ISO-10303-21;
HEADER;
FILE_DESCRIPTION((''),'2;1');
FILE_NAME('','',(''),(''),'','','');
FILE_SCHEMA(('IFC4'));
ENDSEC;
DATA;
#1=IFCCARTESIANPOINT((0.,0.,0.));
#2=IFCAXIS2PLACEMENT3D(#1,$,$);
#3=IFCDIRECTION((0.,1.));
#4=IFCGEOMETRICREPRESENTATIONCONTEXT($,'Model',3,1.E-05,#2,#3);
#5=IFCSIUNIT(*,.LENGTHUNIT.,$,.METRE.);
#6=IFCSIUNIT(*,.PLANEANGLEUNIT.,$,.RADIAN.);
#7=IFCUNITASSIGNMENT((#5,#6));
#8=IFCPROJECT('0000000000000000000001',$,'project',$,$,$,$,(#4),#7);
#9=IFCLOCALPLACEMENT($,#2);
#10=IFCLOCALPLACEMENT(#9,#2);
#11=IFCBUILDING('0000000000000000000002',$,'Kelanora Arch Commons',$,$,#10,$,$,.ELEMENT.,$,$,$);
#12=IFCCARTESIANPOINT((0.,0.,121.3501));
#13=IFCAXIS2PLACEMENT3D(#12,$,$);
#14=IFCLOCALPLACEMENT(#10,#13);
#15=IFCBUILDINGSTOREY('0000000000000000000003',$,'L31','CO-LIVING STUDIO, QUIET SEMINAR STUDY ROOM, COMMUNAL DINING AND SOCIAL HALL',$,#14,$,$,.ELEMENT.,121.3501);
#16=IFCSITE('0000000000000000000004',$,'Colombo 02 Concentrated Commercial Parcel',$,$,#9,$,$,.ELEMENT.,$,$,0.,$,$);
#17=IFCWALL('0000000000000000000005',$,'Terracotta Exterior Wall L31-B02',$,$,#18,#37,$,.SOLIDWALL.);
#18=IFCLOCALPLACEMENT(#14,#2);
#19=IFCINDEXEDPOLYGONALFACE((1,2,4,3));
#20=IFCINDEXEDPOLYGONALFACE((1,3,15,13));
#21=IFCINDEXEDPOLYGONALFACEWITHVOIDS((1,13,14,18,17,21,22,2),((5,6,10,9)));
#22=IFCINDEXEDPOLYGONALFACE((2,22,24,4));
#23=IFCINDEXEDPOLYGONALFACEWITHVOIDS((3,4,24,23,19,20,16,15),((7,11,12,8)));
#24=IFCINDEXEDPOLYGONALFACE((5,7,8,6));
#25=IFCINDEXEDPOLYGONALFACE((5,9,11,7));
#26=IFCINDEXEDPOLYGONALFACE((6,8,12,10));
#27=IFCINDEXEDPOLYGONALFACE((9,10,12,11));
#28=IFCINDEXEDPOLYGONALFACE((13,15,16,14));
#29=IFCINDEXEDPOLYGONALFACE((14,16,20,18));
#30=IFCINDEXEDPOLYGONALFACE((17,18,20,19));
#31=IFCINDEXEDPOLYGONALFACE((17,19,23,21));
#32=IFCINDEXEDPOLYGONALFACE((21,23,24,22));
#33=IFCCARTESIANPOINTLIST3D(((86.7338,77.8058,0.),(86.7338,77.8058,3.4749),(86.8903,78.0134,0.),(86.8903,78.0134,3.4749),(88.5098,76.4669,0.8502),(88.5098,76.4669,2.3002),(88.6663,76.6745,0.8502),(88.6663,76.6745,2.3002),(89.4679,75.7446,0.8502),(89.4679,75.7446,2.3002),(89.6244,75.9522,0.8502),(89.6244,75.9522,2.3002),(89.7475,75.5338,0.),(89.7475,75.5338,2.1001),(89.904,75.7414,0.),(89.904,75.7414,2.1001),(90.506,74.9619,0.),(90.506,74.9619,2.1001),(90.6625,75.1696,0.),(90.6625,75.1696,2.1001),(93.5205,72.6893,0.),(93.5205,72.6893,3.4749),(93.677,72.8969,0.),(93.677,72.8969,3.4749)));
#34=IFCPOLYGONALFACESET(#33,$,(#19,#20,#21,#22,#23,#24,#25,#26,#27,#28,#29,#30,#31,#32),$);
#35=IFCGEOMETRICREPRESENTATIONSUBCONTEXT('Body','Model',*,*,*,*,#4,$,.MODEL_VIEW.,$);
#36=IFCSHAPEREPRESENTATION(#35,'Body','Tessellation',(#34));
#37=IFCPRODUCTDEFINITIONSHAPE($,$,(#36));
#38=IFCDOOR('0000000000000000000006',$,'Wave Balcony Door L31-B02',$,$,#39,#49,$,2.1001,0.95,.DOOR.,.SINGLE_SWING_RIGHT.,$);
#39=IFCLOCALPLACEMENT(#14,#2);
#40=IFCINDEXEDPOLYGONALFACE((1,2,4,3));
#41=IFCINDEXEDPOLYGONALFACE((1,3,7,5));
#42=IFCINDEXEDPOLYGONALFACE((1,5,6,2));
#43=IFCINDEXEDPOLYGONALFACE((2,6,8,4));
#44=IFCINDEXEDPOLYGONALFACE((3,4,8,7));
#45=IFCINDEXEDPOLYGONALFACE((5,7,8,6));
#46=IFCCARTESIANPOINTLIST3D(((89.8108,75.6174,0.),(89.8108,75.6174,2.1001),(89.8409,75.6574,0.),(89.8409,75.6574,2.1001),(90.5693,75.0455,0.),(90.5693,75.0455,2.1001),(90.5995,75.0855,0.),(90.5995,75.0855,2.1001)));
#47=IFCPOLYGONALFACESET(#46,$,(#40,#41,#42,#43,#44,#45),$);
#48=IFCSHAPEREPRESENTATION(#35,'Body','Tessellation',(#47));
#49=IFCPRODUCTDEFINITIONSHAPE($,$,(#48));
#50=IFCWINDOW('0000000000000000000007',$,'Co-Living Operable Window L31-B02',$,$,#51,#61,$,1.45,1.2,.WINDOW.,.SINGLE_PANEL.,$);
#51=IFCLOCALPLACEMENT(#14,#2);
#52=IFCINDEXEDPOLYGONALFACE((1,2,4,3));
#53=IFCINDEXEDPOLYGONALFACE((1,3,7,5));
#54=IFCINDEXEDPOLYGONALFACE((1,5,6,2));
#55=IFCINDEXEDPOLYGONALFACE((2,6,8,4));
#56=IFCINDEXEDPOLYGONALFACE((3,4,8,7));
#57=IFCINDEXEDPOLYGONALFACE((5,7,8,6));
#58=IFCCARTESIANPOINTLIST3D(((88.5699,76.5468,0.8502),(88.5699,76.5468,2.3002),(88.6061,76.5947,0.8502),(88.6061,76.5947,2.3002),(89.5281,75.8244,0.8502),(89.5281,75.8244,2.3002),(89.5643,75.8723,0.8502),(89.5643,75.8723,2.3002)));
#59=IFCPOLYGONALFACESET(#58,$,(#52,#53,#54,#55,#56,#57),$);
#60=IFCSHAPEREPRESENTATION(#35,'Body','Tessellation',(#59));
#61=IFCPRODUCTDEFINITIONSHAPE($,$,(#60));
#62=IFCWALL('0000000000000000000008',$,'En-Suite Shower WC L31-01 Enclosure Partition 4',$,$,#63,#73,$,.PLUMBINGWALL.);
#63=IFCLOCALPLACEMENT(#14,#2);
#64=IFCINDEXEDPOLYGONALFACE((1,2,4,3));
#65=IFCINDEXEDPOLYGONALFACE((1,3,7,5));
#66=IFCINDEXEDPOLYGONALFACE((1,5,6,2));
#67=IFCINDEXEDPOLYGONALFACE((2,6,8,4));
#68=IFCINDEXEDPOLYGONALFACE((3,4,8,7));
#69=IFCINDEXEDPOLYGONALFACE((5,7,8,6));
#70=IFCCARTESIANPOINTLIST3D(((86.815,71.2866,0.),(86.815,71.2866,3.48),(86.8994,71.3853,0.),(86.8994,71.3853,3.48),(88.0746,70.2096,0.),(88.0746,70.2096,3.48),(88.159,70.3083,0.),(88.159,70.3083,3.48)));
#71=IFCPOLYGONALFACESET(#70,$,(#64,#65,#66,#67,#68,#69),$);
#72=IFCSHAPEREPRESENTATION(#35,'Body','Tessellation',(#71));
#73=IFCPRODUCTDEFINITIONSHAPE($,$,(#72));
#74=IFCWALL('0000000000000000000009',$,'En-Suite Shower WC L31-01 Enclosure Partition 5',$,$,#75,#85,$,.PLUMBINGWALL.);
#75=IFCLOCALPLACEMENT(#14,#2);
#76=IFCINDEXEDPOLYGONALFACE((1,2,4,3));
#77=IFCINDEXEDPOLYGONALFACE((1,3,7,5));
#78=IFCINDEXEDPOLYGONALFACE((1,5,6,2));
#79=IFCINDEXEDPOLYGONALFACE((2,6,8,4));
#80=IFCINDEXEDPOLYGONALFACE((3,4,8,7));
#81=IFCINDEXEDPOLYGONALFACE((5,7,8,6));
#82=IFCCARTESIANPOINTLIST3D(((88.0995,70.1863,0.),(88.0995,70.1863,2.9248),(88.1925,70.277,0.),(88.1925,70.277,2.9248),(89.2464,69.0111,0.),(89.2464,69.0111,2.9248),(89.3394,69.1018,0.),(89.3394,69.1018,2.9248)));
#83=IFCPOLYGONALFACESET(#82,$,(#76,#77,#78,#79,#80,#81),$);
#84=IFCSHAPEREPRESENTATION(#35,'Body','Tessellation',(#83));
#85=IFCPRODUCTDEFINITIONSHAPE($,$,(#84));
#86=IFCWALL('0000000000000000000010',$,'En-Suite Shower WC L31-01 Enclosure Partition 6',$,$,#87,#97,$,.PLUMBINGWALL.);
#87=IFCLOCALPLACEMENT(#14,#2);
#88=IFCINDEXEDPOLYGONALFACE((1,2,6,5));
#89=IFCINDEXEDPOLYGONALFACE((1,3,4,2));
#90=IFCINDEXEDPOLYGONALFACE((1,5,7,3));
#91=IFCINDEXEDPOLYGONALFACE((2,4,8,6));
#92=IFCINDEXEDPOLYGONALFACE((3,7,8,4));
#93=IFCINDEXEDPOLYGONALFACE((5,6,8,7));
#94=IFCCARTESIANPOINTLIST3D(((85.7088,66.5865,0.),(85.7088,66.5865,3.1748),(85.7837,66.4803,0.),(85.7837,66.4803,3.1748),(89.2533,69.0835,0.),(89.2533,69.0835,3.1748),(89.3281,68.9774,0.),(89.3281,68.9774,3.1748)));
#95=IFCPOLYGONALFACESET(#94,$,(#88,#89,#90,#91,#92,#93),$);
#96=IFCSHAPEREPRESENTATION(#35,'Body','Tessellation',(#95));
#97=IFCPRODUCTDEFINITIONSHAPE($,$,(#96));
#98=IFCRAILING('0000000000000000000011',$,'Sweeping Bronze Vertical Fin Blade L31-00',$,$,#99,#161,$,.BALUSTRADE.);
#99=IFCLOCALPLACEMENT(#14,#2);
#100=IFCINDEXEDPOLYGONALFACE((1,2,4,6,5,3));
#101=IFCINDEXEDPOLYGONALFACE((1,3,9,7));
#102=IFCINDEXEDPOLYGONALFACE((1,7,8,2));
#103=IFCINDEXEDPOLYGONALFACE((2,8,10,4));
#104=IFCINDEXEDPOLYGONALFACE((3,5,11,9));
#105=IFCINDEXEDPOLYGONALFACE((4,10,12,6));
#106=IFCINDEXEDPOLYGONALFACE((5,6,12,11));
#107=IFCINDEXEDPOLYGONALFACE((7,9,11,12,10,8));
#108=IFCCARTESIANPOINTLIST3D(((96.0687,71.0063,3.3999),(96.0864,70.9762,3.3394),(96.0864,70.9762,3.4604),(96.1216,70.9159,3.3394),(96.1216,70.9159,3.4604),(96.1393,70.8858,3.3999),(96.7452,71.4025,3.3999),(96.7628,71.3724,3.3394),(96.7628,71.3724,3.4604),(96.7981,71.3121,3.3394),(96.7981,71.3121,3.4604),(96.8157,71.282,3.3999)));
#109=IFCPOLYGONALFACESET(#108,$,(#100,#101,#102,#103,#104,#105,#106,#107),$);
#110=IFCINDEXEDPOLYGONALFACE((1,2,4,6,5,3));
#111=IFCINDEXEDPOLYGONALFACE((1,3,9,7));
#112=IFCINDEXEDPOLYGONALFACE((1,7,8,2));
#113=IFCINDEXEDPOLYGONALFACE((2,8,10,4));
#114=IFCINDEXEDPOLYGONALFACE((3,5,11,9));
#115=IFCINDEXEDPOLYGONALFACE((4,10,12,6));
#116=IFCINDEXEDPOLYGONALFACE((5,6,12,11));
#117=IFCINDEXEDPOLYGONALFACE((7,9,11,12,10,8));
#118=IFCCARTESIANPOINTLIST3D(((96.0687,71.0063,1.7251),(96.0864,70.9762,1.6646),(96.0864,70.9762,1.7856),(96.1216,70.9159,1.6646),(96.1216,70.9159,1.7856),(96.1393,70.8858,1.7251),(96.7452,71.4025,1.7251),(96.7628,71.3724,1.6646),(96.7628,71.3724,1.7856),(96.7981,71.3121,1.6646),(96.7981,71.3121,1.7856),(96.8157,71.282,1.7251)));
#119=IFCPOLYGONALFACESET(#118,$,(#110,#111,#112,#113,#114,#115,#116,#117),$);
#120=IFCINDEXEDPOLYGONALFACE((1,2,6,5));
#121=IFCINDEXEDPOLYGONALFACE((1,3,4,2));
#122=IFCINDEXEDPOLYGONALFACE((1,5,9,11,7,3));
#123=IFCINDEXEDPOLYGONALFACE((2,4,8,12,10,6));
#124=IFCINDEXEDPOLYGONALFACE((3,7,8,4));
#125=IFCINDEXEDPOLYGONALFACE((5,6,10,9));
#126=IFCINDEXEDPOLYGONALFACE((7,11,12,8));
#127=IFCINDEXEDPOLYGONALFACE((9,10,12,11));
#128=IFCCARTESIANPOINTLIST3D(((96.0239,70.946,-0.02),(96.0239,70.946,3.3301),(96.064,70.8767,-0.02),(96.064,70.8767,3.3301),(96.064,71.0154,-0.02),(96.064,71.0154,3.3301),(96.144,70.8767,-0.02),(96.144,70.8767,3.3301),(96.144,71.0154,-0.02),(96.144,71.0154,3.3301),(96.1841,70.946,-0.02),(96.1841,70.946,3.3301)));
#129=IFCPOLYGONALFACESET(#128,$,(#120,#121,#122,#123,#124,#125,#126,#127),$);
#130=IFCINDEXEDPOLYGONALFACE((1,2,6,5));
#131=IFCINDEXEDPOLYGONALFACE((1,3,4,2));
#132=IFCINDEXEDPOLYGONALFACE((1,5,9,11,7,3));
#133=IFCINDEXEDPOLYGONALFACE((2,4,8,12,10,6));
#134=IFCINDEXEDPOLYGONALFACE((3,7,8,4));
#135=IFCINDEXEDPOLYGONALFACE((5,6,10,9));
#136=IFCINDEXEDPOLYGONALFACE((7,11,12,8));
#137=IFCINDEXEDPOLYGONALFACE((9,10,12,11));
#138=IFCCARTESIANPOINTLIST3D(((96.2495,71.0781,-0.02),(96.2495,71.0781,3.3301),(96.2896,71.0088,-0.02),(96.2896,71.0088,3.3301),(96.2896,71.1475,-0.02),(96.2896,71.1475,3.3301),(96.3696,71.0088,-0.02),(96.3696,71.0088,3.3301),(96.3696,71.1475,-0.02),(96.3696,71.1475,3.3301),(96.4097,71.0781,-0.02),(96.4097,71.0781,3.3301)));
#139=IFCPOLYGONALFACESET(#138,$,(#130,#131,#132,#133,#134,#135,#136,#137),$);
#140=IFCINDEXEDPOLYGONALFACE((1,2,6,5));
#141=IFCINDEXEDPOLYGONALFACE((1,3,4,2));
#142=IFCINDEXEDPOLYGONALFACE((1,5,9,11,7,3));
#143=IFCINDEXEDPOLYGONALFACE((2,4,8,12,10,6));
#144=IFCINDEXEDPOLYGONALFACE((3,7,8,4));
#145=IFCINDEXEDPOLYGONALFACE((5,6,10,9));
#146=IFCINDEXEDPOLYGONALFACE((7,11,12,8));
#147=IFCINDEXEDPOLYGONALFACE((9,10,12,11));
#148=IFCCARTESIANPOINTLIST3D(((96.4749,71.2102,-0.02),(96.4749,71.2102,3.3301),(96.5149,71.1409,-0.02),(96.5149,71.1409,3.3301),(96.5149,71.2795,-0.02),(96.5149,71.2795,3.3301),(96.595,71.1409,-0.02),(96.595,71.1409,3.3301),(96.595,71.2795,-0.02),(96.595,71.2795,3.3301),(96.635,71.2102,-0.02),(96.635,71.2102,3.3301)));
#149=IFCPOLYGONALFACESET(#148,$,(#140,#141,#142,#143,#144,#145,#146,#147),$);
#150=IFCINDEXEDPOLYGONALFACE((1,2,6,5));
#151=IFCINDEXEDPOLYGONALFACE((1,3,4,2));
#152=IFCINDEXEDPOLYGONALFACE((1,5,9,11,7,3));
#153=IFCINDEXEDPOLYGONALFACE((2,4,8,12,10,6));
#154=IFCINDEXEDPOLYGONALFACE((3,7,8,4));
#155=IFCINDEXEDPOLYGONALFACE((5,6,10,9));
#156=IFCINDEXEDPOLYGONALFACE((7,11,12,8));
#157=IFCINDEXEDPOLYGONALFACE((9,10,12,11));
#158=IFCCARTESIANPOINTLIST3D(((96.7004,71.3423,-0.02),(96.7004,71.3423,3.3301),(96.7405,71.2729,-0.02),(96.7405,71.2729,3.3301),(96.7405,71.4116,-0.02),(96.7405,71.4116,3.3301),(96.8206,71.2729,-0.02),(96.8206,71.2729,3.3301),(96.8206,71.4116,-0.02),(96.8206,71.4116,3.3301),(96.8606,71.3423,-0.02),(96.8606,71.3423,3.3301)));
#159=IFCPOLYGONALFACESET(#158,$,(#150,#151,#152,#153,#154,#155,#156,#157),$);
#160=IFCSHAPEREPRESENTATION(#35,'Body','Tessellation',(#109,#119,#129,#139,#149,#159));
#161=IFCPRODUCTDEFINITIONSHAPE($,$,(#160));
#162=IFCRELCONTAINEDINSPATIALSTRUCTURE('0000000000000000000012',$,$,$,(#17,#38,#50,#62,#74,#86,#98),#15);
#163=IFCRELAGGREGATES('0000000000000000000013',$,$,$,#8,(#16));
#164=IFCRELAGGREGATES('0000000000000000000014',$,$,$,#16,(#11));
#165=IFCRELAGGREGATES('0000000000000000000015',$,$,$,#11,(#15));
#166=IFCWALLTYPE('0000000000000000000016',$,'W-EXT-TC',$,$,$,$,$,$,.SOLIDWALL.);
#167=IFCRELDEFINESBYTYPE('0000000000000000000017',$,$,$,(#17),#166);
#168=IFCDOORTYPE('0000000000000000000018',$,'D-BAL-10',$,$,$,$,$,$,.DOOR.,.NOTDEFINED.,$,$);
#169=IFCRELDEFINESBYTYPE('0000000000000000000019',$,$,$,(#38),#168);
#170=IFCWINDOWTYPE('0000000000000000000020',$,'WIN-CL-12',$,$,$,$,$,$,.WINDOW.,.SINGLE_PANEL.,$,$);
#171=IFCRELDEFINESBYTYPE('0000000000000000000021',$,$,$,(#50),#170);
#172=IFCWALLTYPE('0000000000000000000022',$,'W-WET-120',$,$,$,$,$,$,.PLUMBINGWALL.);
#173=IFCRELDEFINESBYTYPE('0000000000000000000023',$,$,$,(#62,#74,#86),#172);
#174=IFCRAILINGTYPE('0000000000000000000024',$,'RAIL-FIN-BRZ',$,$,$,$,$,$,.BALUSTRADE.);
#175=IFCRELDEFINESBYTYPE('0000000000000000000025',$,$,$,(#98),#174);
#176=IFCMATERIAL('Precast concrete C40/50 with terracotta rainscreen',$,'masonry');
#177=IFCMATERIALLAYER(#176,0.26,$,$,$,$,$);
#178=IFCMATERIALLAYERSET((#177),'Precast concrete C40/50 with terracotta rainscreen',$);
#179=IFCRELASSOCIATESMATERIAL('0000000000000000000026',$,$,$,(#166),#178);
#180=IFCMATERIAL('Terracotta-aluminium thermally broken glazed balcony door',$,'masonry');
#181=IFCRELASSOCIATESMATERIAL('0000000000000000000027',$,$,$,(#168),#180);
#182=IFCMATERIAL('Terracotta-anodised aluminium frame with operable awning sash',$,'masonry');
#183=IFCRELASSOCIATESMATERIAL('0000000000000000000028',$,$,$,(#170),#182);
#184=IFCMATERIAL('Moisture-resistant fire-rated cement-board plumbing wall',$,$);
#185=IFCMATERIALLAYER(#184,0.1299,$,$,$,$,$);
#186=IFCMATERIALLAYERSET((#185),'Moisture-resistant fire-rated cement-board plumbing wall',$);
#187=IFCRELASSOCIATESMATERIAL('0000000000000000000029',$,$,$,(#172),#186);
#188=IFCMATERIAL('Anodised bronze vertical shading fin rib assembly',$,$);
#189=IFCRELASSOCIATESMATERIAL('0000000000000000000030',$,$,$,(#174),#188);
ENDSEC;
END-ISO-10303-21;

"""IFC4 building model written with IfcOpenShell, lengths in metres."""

from ifc_helpers import new_model, si_unit, direction, frame, frame_2d, origin, place, context, subcontext, project, spatial, polyline, rectangle, outline, extrude, material, layer, layer_set, type_object, element, fill, save


model = new_model("IFC4")

# Units and contexts
model_context = context("Model", 3, precision=1e-05, world=origin(), true_north=direction((0.0, 1.0)))
body_context = subcontext(model_context, "Body", "Model", "MODEL_VIEW")
ifc_project = project(units=[si_unit("LENGTHUNIT", "METRE"), si_unit("PLANEANGLEUNIT", "RADIAN")], contexts=[model_context])

# Site, building, storey
site_placement = place(None, origin())
site = spatial("IfcSite", under=ifc_project, at=site_placement, Name="Colombo 02 Concentrated Commercial Parcel", CompositionType="ELEMENT", RefElevation=0.0)
building_placement = place(site_placement, origin())
building = spatial("IfcBuilding", under=site, at=building_placement, Name="Kelanora Arch Commons", CompositionType="ELEMENT")
storey_placement = place(building_placement, frame((0.0, 0.0, 121.3501)))
storey = spatial("IfcBuildingStorey", under=building, at=storey_placement, Name="L31", Description="CO-LIVING STUDIO, QUIET SEMINAR STUDY ROOM, COMMUNAL DINING AND SOCIAL HALL", CompositionType="ELEMENT", Elevation=121.3501)

# Wall, openings, door, window
ifc_material_1 = material(Name="Precast concrete C40/50 with terracotta rainscreen", Category="masonry")
ifc_layer_1 = layer(ifc_material_1, 0.26)
ifc_layer_set_1 = layer_set([ifc_layer_1], Name="Precast concrete C40/50 with terracotta rainscreen")
wall_type_1 = type_object("IfcWallType", Name="W-EXT-TC", PredefinedType="SOLIDWALL", material=ifc_layer_set_1)
ifc_material_2 = material(Name="Terracotta-aluminium thermally broken glazed balcony door", Category="masonry")
door_type = type_object("IfcDoorType", Name="D-BAL-10", OperationType="NOTDEFINED", PredefinedType="DOOR", material=ifc_material_2)
ifc_material_3 = material(Name="Terracotta-anodised aluminium frame with operable awning sash", Category="masonry")
window_type = type_object("IfcWindowType", Name="WIN-CL-12", PartitioningType="SINGLE_PANEL", PredefinedType="WINDOW", material=ifc_material_3)
wall_1_placement = place(storey_placement, frame((93.5986, 72.7932, 0.0), z_axis=(0.0, 0.0, 1.0), x_axis=(-0.798502, 0.601993, 0.0)))
wall_1 = element("IfcWall", 1, at=wall_1_placement, inside=storey, type_object=wall_type_1, Name="Terracotta Exterior Wall L31-B02", PredefinedType="SOLIDWALL", context=body_context, shape_type="SweptSolid", body=[
    extrude(rectangle(XDim=8.4993, YDim=0.26, at=frame_2d((4.2495, 0.0))), origin(), (0.0, 0.0, 1.0), 3.4749),
])
opening_1_placement = place(wall_1_placement, frame((3.7749, 0.0, 0.0)))
opening_1 = element("IfcOpeningElement", 2, at=opening_1_placement, cuts=wall_1, PredefinedType="OPENING", context=body_context, shape_type="SweptSolid", body=[
    extrude(rectangle(XDim=0.95, YDim=2.1001, at=frame_2d((0.4751, 1.05))), frame((0.0, 0.1401, 0.0), z_axis=(0.0, -1.0, 0.0), x_axis=(1.0, 0.0, 0.0)), (0.0, 0.0, 1.0), 0.28),
])
opening_2_placement = place(wall_1_placement, frame((5.075, 0.0, 0.8501)))
opening_2 = element("IfcOpeningElement", 3, at=opening_2_placement, cuts=wall_1, PredefinedType="OPENING", context=body_context, shape_type="SweptSolid", body=[
    extrude(rectangle(XDim=1.2, YDim=1.45, at=frame_2d((0.6001, 0.7251))), frame((0.0, 0.1401, 0.0), z_axis=(0.0, -1.0, 0.0), x_axis=(1.0, 0.0, 0.0)), (0.0, 0.0, 1.0), 0.28),
])
door_1_placement = place(opening_1_placement, frame((0.95, 0.0, 0.0), z_axis=(0.0, 0.0, 1.0), x_axis=(-1.0, 0.0, 0.0)))
door_1 = element("IfcDoor", 4, at=door_1_placement, inside=storey, type_object=door_type, Name="Wave Balcony Door L31-B02", OperationType="SINGLE_SWING_RIGHT", OverallHeight=2.1001, OverallWidth=0.95, PredefinedType="DOOR", context=body_context, shape_type="SweptSolid", body=[
    extrude(rectangle(XDim=0.95, YDim=2.1001, at=frame_2d((0.4751, 1.05))), frame((0.0, 0.0249, 0.0), z_axis=(0.0, -1.0, 0.0), x_axis=(1.0, 0.0, 0.0)), (0.0, 0.0, 1.0), 0.05),
])
fill(opening_1, door_1)
window_1_placement = place(opening_2_placement, origin())
window_1 = element("IfcWindow", 5, at=window_1_placement, inside=storey, type_object=window_type, Name="Co-Living Operable Window L31-B02", OverallHeight=1.45, OverallWidth=1.2, PartitioningType="SINGLE_PANEL", PredefinedType="WINDOW", context=body_context, shape_type="SweptSolid", body=[
    extrude(rectangle(XDim=1.2, YDim=1.45, at=frame_2d((0.6001, 0.7251))), frame((0.0, 0.03, 0.0), z_axis=(0.0, -1.0, 0.0), x_axis=(1.0, 0.0, 0.0)), (0.0, 0.0, 1.0), 0.0601),
])
fill(opening_2, window_1)

# Walls
ifc_material_4 = material(Name="Moisture-resistant fire-rated cement-board plumbing wall")
ifc_layer_2 = layer(ifc_material_4, 0.1299)
ifc_layer_set_2 = layer_set([ifc_layer_2], Name="Moisture-resistant fire-rated cement-board plumbing wall")
wall_type_2 = type_object("IfcWallType", Name="W-WET-120", PredefinedType="PLUMBINGWALL", material=ifc_layer_set_2)
wall_2_placement = place(storey_placement, frame((86.8572, 71.3359, 0.0), z_axis=(0.0, 0.0, 1.0), x_axis=(0.760057, -0.649857, 0.0)))
element("IfcWall", 6, at=wall_2_placement, inside=storey, type_object=wall_type_2, Name="En-Suite Shower WC L31-01 Enclosure Partition 4", PredefinedType="PLUMBINGWALL", context=body_context, shape_type="SweptSolid", body=[
    extrude(rectangle(XDim=1.6572, YDim=0.1299, at=frame_2d((0.8286, 0.0))), origin(), (0.0, 0.0, 1.0), 3.48),
])
wall_3_placement = place(storey_placement, frame((88.146, 70.2317, 0.0), z_axis=(0.0, 0.0, 1.0), x_axis=(0.698432, -0.715677, 0.0)))
element("IfcWall", 7, at=wall_3_placement, inside=storey, type_object=wall_type_2, Name="En-Suite Shower WC L31-01 Enclosure Partition 5", PredefinedType="PLUMBINGWALL", context=body_context, shape_type="SweptSolid", body=[
    extrude(rectangle(XDim=1.6421, YDim=0.1299, at=frame_2d((0.821, 0.0))), origin(), (0.0, 0.0, 1.0), 2.9248),
])
wall_4_placement = place(storey_placement, frame((89.2908, 69.0305, 0.0), z_axis=(0.0, 0.0, 1.0), x_axis=(-0.817498, -0.575931, 0.0)))
element("IfcWall", 8, at=wall_4_placement, inside=storey, type_object=wall_type_2, Name="En-Suite Shower WC L31-01 Enclosure Partition 6", PredefinedType="PLUMBINGWALL", context=body_context, shape_type="SweptSolid", body=[
    extrude(rectangle(XDim=4.3357, YDim=0.1299, at=frame_2d((2.168, 0.0))), origin(), (0.0, 0.0, 1.0), 3.1748),
])

# Railing
ifc_material_5 = material(Name="Anodised bronze vertical shading fin rib assembly")
railing_type = type_object("IfcRailingType", Name="RAIL-FIN-BRZ", PredefinedType="BALUSTRADE", material=ifc_material_5)
railing_1_placement = place(storey_placement, frame((96.104, 70.946, -0.02)))
element("IfcRailing", 9, at=railing_1_placement, inside=storey, type_object=railing_type, Name="Sweeping Bronze Vertical Fin Blade L31-00", PredefinedType="BALUSTRADE", context=body_context, shape_type="SweptSolid", body=[
    extrude(outline(polyline([(0.0698, 0.0), (0.0349, 0.0605), (-0.0349, 0.0605), (-0.0698, 0.0), (-0.0349, -0.0605), (0.0349, -0.0605), (0.0698, 0.0)])), frame((0.0, 0.0, 3.4199), z_axis=(0.862885, 0.5054, 0.0), x_axis=(-0.5054, 0.862885, 0.0)), (0.0, 0.0, 1.0), 0.7839),
    extrude(outline(polyline([(0.0698, 0.0), (0.0349, 0.0605), (-0.0349, 0.0605), (-0.0698, 0.0), (-0.0349, -0.0605), (0.0349, -0.0605), (0.0698, 0.0)])), frame((0.0, 0.0, 1.7451), z_axis=(0.862885, 0.5054, 0.0), x_axis=(-0.5054, 0.862885, 0.0)), (0.0, 0.0, 1.0), 0.7839),
    extrude(outline(polyline([(0.0801, 0.0), (0.04, 0.0693), (-0.04, 0.0693), (-0.0801, 0.0), (-0.04, -0.0693), (0.04, -0.0693), (0.0801, 0.0)])), origin(), (0.0, 0.0, 1.0), 3.3501),
    extrude(outline(polyline([(0.0801, 0.0), (0.04, 0.0693), (-0.04, 0.0693), (-0.0801, 0.0), (-0.04, -0.0693), (0.04, -0.0693), (0.0801, 0.0)])), frame((0.2256, 0.1321, 0.0)), (0.0, 0.0, 1.0), 3.3501),
    extrude(outline(polyline([(0.0801, 0.0), (0.04, 0.0693), (-0.04, 0.0693), (-0.0801, 0.0), (-0.04, -0.0693), (0.04, -0.0693), (0.0801, 0.0)])), frame((0.4509, 0.2642, 0.0)), (0.0, 0.0, 1.0), 3.3501),
    extrude(outline(polyline([(0.0801, 0.0), (0.04, 0.0693), (-0.04, 0.0693), (-0.0801, 0.0), (-0.04, -0.0693), (0.04, -0.0693), (0.0801, 0.0)])), frame((0.6765, 0.3962, 0.0)), (0.0, 0.0, 1.0), 3.3501),
])

save(model, "model.ifc")
